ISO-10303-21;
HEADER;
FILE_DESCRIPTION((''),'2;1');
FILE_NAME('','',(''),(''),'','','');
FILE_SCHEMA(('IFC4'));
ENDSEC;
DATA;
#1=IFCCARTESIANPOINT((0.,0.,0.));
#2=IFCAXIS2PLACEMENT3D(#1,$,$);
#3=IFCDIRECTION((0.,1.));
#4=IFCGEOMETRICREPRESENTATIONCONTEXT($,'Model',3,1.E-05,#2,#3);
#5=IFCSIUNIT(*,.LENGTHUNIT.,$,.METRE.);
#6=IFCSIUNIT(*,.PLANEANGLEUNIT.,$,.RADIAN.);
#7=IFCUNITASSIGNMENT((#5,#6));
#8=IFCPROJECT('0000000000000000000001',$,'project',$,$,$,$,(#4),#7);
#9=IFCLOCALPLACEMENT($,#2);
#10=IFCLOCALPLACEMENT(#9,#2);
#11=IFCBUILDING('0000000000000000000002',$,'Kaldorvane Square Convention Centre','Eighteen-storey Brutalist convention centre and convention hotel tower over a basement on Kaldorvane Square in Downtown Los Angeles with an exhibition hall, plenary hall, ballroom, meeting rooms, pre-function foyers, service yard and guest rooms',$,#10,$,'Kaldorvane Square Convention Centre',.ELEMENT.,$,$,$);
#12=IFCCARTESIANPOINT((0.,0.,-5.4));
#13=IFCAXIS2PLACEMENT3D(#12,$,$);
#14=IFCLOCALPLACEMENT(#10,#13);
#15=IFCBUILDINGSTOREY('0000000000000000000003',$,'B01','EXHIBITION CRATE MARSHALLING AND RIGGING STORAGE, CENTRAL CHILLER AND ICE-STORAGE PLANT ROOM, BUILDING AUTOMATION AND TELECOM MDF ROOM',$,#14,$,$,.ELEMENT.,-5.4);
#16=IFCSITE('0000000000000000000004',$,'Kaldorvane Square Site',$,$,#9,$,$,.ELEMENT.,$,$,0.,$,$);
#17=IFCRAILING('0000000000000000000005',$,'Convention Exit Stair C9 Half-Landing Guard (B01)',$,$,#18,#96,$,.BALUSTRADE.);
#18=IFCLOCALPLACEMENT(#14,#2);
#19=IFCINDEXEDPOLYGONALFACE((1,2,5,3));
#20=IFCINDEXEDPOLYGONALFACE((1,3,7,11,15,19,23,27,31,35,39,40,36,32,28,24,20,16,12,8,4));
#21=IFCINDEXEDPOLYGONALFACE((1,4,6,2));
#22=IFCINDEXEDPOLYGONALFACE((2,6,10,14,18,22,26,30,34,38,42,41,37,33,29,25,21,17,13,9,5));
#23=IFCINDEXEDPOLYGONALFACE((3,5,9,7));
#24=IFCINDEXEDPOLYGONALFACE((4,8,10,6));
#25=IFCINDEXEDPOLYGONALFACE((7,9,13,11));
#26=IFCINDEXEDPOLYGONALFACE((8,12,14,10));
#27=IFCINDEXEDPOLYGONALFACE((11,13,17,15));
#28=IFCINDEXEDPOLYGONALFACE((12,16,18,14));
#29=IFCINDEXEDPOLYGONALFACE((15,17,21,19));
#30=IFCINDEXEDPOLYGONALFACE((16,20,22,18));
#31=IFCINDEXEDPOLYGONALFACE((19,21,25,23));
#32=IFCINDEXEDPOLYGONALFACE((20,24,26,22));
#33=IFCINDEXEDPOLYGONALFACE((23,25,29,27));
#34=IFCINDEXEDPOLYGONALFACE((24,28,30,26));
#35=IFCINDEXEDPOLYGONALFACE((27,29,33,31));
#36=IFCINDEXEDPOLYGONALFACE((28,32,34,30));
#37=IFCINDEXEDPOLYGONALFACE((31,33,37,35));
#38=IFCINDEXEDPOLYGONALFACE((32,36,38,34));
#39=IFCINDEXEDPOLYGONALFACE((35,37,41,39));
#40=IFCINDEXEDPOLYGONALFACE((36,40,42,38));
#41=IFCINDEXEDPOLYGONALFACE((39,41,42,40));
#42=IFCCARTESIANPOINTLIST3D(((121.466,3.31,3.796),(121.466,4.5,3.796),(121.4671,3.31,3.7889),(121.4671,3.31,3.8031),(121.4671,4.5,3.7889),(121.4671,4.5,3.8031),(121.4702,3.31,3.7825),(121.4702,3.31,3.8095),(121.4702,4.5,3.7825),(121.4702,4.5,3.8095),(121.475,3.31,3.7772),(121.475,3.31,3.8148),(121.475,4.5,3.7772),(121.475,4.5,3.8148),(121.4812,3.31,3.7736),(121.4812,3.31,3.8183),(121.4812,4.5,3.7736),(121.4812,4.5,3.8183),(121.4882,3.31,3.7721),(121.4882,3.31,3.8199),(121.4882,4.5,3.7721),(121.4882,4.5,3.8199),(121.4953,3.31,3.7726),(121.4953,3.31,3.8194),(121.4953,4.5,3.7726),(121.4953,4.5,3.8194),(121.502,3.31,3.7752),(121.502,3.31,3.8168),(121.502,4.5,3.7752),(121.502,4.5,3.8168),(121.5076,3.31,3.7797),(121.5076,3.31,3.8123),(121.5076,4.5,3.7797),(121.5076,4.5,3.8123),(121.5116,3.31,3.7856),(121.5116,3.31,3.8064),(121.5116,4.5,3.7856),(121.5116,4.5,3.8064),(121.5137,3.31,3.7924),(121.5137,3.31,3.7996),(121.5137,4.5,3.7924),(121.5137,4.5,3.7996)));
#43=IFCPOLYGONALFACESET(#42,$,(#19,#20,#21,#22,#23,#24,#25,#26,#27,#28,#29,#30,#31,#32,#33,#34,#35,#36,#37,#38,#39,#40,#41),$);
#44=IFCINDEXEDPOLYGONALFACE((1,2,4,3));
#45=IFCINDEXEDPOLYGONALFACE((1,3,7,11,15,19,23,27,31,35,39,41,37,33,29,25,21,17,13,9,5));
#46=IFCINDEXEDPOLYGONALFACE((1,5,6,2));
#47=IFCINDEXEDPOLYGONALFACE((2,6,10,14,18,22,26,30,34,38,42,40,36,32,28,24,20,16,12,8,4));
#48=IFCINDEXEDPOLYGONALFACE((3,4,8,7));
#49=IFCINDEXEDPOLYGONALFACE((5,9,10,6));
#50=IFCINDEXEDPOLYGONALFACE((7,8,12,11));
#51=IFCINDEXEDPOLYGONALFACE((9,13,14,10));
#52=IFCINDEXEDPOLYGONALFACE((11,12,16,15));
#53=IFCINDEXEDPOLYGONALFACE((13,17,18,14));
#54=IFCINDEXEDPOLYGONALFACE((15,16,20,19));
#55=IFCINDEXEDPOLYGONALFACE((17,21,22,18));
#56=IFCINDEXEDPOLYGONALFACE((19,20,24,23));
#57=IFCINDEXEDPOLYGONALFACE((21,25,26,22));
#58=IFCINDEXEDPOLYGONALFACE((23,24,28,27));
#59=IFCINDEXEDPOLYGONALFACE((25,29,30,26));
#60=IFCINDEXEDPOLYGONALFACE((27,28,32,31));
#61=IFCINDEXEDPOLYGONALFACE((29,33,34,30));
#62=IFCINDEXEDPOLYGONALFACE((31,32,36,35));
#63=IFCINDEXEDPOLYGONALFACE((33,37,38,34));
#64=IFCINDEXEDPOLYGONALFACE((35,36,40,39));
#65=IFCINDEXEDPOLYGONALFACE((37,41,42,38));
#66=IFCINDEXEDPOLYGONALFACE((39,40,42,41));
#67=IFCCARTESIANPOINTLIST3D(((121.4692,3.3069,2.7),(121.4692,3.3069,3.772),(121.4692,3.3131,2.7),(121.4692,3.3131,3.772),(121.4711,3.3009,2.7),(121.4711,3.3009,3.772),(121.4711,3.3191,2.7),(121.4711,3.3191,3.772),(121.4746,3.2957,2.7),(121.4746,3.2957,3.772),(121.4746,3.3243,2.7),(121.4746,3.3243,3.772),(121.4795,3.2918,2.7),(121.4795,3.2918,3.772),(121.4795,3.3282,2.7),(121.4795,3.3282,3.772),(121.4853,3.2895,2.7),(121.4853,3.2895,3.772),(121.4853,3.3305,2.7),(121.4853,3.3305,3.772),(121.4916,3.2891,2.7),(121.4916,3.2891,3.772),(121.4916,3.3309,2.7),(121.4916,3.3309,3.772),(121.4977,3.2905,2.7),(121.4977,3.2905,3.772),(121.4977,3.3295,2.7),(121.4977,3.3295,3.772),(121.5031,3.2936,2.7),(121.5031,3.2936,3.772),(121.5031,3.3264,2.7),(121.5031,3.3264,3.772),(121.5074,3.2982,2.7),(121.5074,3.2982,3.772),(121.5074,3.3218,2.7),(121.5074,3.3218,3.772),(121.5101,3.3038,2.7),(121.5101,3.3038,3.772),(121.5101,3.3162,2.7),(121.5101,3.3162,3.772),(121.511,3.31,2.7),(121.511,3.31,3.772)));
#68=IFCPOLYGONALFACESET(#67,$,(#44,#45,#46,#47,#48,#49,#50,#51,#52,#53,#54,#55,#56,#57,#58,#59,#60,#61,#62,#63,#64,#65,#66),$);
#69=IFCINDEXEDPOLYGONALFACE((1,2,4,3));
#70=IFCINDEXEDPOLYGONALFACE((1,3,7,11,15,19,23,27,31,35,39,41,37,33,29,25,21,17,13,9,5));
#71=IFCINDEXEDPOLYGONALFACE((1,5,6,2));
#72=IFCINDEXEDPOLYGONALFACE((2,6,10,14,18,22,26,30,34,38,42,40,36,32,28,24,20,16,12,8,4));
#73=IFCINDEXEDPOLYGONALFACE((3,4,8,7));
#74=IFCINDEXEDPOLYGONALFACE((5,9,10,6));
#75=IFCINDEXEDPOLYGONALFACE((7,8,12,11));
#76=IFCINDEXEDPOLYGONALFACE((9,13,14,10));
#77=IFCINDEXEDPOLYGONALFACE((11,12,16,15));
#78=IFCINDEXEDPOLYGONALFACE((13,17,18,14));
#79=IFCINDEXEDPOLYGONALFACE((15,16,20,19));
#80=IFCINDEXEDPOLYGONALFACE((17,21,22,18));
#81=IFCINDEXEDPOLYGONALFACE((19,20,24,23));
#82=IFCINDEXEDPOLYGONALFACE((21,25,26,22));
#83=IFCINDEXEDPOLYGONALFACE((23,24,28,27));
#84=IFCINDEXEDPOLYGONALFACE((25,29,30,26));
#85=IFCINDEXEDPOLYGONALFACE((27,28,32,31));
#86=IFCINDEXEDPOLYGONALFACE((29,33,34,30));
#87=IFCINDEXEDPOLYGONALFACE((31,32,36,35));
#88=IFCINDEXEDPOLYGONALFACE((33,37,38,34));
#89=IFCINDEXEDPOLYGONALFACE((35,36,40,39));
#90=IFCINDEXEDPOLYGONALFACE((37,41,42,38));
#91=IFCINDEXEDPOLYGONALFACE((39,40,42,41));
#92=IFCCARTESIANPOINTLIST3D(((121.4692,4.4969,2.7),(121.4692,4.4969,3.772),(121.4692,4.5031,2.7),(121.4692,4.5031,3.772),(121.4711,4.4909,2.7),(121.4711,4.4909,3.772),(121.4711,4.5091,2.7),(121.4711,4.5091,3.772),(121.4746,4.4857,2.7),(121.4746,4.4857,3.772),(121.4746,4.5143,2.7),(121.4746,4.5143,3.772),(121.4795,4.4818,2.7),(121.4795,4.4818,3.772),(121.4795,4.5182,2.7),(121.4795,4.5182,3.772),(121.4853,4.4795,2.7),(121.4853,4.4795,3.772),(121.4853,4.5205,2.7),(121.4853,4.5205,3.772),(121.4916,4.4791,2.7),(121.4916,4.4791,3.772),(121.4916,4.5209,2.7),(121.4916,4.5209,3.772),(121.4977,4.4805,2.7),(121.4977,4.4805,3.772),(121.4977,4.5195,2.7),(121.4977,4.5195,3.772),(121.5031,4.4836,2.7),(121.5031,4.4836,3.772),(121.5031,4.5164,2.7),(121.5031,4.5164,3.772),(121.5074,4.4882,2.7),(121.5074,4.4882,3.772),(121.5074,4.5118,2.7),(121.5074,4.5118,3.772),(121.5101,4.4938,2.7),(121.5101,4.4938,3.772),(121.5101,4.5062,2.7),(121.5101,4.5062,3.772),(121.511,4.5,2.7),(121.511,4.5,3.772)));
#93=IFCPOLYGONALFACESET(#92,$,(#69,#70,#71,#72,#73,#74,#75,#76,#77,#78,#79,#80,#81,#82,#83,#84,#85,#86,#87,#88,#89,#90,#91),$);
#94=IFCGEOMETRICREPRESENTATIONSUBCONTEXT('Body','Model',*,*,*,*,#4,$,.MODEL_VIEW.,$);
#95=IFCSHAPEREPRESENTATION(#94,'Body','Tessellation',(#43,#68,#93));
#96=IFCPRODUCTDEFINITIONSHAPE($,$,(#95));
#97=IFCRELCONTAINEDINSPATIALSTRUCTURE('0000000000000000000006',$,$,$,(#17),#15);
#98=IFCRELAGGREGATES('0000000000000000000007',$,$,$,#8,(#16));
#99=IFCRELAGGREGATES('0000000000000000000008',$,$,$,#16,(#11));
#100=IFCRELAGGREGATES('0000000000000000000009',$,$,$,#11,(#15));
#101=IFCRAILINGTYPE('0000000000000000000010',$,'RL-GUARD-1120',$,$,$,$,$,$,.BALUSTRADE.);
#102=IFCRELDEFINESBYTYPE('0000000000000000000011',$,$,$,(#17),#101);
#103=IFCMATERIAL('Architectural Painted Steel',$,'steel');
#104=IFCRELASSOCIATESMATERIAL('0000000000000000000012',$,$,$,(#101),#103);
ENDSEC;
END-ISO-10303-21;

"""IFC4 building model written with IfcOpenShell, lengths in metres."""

from ifc_helpers import new_model, si_unit, direction, frame, origin, origin_2d, place, context, subcontext, project, spatial, circle, extrude, material, type_object, element, save


model = new_model("IFC4")

# Units and contexts
model_context = context("Model", 3, precision=1e-05, world=origin(), true_north=direction((0.0, 1.0)))
body_context = subcontext(model_context, "Body", "Model", "MODEL_VIEW")
ifc_project = project(units=[si_unit("LENGTHUNIT", "METRE"), si_unit("PLANEANGLEUNIT", "RADIAN")], contexts=[model_context])

# Site, building, storey
site_placement = place(None, origin())
site = spatial("IfcSite", under=ifc_project, at=site_placement, Name="Kaldorvane Square Site", CompositionType="ELEMENT", RefElevation=0.0)
building_placement = place(site_placement, origin())
building = spatial("IfcBuilding", under=site, at=building_placement, Name="Kaldorvane Square Convention Centre", Description="Eighteen-storey Brutalist convention centre and convention hotel tower over a basement on Kaldorvane Square in Downtown Los Angeles with an exhibition hall, plenary hall, ballroom, meeting rooms, pre-function foyers, service yard and guest rooms", LongName="Kaldorvane Square Convention Centre", CompositionType="ELEMENT")
storey_placement = place(building_placement, frame((0.0, 0.0, -5.4)))
storey = spatial("IfcBuildingStorey", under=building, at=storey_placement, Name="B01", Description="EXHIBITION CRATE MARSHALLING AND RIGGING STORAGE, CENTRAL CHILLER AND ICE-STORAGE PLANT ROOM, BUILDING AUTOMATION AND TELECOM MDF ROOM", CompositionType="ELEMENT", Elevation=-5.4)

# Railing
ifc_material_1 = material(Name="Architectural Painted Steel", Category="steel")
railing_type_1 = type_object("IfcRailingType", Name="RL-GUARD-1120", PredefinedType="BALUSTRADE", material=ifc_material_1)
railing_1_placement = place(storey_placement, frame((121.49, 3.31, 2.7)))
element("IfcRailing", 1, at=railing_1_placement, inside=storey, type_object=railing_type_1, Name="Convention Exit Stair C9 Half-Landing Guard (B01)", PredefinedType="BALUSTRADE", context=body_context, shape_type="SweptSolid", body=[
    extrude(circle(Radius=0.024, at=origin_2d()), frame((0.0, 0.0, 1.096), z_axis=(0.0, 1.0, 0.0), x_axis=(-1.0, 0.0, 0.0)), (0.0, 0.0, 1.0), 1.19),
    extrude(circle(Radius=0.021, at=origin_2d()), origin(), (0.0, 0.0, 1.0), 1.072),
    extrude(circle(Radius=0.021, at=origin_2d()), frame((0.0, 1.19, 0.0)), (0.0, 0.0, 1.0), 1.072),
])

save(model, "model.ifc")
